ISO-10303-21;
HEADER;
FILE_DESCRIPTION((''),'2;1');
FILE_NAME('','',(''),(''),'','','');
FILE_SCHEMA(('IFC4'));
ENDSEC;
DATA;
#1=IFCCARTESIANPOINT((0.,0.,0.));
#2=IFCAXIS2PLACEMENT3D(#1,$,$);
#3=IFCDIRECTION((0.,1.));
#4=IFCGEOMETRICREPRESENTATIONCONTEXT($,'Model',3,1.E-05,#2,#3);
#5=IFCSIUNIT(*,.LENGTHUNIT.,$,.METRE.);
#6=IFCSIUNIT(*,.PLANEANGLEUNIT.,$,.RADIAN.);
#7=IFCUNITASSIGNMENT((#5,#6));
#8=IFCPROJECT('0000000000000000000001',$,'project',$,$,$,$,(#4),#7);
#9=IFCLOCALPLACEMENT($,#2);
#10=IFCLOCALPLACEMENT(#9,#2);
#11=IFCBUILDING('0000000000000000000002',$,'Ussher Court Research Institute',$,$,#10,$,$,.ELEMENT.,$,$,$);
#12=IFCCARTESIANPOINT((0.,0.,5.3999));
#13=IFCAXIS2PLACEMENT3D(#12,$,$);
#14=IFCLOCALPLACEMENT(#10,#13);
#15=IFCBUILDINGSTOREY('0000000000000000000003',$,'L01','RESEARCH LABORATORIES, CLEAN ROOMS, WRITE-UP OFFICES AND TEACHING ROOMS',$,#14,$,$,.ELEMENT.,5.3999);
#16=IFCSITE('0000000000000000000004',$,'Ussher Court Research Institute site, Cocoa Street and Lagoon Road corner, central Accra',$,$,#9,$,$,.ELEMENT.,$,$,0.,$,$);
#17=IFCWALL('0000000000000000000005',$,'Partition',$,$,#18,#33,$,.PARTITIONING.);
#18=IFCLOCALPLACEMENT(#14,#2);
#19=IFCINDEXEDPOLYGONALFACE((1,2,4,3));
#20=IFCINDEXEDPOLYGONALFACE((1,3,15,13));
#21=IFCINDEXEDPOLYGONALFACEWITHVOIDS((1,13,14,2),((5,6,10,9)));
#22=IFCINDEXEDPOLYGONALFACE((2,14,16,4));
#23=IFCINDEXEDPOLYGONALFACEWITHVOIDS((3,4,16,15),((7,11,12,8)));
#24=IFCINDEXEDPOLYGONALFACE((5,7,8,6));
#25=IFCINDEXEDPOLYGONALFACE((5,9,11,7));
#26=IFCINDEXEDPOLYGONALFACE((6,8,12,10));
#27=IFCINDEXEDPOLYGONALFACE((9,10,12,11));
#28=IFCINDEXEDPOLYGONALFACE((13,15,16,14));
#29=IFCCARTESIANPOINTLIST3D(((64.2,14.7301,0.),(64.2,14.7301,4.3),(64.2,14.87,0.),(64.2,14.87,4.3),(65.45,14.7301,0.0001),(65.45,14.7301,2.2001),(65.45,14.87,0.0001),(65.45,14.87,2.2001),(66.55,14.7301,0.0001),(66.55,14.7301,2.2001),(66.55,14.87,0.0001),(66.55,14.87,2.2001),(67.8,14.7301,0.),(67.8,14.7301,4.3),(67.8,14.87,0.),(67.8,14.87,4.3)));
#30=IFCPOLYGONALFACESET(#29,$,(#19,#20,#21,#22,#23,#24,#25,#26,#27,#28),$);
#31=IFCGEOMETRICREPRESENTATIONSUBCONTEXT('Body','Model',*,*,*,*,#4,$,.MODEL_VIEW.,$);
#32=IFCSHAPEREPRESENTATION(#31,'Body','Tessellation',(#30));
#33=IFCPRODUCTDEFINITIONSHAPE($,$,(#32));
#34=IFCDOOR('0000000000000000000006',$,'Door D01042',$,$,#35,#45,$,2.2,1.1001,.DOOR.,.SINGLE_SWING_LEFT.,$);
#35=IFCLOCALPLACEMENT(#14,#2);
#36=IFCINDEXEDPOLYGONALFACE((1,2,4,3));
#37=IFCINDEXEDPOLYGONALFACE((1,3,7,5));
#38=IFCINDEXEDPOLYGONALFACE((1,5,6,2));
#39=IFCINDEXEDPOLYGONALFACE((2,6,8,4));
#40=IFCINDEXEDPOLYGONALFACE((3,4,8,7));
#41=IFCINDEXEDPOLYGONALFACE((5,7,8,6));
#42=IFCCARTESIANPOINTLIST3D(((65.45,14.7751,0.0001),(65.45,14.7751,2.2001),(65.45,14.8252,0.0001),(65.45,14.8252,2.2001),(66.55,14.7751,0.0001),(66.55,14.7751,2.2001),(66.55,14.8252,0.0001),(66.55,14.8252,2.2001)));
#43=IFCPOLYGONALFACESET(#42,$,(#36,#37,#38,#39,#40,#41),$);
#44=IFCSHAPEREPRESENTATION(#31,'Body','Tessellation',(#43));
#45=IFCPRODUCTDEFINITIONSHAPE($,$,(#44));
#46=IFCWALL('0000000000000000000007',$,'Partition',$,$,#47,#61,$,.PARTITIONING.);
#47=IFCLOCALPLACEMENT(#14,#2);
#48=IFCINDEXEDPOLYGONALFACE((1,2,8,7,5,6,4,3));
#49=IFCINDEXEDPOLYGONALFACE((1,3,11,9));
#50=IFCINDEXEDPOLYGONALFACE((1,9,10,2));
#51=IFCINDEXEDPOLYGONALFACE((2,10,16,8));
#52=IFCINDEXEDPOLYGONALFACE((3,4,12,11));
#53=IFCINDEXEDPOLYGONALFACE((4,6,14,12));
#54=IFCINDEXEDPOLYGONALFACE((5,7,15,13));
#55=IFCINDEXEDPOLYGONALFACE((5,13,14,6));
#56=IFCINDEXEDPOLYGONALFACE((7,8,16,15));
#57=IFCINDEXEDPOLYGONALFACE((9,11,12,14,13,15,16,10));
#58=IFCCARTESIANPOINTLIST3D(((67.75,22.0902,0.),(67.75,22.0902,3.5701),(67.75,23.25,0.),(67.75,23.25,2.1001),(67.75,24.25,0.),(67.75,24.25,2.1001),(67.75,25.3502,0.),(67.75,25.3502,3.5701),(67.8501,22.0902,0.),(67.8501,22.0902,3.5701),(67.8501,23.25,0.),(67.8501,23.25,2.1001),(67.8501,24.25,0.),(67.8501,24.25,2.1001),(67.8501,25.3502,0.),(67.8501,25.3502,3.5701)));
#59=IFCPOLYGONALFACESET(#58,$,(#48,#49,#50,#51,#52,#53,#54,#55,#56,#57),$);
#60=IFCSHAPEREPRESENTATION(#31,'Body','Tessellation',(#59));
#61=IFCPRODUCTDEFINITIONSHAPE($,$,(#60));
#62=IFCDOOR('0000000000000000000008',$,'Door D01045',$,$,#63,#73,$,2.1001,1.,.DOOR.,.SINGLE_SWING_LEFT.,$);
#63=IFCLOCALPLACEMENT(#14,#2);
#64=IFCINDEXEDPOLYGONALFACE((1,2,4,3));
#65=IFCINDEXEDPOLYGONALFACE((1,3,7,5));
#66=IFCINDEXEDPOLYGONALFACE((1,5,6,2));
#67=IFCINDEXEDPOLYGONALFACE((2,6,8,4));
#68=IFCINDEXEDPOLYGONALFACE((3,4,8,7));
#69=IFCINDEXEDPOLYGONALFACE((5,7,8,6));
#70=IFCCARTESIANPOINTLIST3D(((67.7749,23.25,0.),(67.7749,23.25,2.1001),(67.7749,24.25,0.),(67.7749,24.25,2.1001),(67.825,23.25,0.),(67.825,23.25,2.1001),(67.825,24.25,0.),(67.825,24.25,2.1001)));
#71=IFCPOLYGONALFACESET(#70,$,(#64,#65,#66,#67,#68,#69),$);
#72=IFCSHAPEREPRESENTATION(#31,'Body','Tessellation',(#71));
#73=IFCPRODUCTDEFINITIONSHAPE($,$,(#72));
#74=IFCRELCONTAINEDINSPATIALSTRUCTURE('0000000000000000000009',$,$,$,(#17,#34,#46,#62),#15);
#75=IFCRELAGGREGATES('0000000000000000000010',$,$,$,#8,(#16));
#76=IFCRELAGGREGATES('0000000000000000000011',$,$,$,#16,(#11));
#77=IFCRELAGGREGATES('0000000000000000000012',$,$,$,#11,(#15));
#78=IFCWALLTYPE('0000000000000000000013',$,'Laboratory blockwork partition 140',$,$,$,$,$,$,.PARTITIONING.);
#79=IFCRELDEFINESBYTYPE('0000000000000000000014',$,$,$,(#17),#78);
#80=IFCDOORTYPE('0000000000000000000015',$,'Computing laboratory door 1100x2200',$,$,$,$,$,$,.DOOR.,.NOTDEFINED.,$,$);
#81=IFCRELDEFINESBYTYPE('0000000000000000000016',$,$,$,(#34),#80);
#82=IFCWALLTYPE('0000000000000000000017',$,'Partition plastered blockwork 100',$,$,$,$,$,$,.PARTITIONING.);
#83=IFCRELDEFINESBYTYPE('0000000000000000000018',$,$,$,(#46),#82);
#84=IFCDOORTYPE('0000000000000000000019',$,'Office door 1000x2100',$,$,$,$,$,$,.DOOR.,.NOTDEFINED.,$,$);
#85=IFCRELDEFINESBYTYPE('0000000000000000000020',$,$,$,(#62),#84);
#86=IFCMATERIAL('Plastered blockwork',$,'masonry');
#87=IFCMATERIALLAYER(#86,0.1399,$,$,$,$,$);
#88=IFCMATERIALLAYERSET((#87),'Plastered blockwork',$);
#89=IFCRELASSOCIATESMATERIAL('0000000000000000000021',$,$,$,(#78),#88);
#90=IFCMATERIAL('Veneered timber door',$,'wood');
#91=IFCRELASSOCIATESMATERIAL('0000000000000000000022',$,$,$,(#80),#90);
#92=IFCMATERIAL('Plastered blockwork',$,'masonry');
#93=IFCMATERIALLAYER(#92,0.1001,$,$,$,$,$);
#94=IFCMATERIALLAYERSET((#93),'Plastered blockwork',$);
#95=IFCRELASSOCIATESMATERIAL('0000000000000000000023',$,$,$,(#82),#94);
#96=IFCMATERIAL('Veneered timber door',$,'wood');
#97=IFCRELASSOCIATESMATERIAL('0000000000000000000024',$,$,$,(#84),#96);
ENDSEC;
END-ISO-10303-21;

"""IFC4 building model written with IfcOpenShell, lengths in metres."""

from ifc_helpers import new_model, si_unit, direction, frame, frame_2d, origin, place, context, subcontext, project, spatial, rectangle, extrude, material, layer, layer_set, type_object, element, fill, save


model = new_model("IFC4")

# Units and contexts
model_context = context("Model", 3, precision=1e-05, world=origin(), true_north=direction((0.0, 1.0)))
body_context = subcontext(model_context, "Body", "Model", "MODEL_VIEW")
ifc_project = project(units=[si_unit("LENGTHUNIT", "METRE"), si_unit("PLANEANGLEUNIT", "RADIAN")], contexts=[model_context])

# Site, building, storey
site_placement = place(None, origin())
site = spatial("IfcSite", under=ifc_project, at=site_placement, Name="Ussher Court Research Institute site, Cocoa Street and Lagoon Road corner, central Accra", CompositionType="ELEMENT", RefElevation=0.0)
building_placement = place(site_placement, origin())
building = spatial("IfcBuilding", under=site, at=building_placement, Name="Ussher Court Research Institute", CompositionType="ELEMENT")
storey_placement = place(building_placement, frame((0.0, 0.0, 5.3999)))
storey = spatial("IfcBuildingStorey", under=building, at=storey_placement, Name="L01", Description="RESEARCH LABORATORIES, CLEAN ROOMS, WRITE-UP OFFICES AND TEACHING ROOMS", CompositionType="ELEMENT", Elevation=5.3999)

# Walls, openings, doors
ifc_material_1 = material(Name="Plastered blockwork", Category="masonry")
ifc_layer_1 = layer(ifc_material_1, 0.1399)
ifc_layer_set_1 = layer_set([ifc_layer_1], Name="Plastered blockwork")
wall_type_1 = type_object("IfcWallType", Name="Laboratory blockwork partition 140", PredefinedType="PARTITIONING", material=ifc_layer_set_1)
wall_1_placement = place(storey_placement, frame((67.8, 14.8, 0.0), z_axis=(0.0, 0.0, 1.0), x_axis=(-1.0, 0.0, 0.0)))
wall_1 = element("IfcWall", 1, at=wall_1_placement, inside=storey, type_object=wall_type_1, Name="Partition", PredefinedType="PARTITIONING", context=body_context, shape_type="SweptSolid", body=[
    extrude(rectangle(XDim=3.6001, YDim=0.1399, at=frame_2d((1.8, 0.0))), origin(), (0.0, 0.0, 1.0), 4.3),
])
opening_1_placement = place(wall_1_placement, frame((1.25, 0.0, 0.0)))
opening_1 = element("IfcOpeningElement", 2, at=opening_1_placement, cuts=wall_1, PredefinedType="OPENING", context=body_context, shape_type="SweptSolid", body=[
    extrude(rectangle(XDim=1.1001, YDim=2.2, at=frame_2d((0.55, 1.1001))), frame((0.0, 0.0801, 0.0), z_axis=(0.0, -1.0, 0.0), x_axis=(1.0, 0.0, 0.0)), (0.0, 0.0, 1.0), 0.1599),
])
ifc_material_2 = material(Name="Veneered timber door", Category="wood")
door_type_1 = type_object("IfcDoorType", Name="Computing laboratory door 1100x2200", OperationType="NOTDEFINED", PredefinedType="DOOR", material=ifc_material_2)
door_1_placement = place(opening_1_placement, origin())
door_1 = element("IfcDoor", 3, at=door_1_placement, inside=storey, type_object=door_type_1, Name="Door D01042", OperationType="SINGLE_SWING_LEFT", OverallHeight=2.2, OverallWidth=1.1001, PredefinedType="DOOR", context=body_context, shape_type="SweptSolid", body=[
    extrude(rectangle(XDim=1.1001, YDim=2.2, at=frame_2d((0.55, 1.1001))), frame((0.0, 0.0249, 0.0), z_axis=(0.0, -1.0, 0.0), x_axis=(1.0, 0.0, 0.0)), (0.0, 0.0, 1.0), 0.05),
])
fill(opening_1, door_1)
ifc_material_3 = material(Name="Plastered blockwork", Category="masonry")
ifc_layer_2 = layer(ifc_material_3, 0.1001)
ifc_layer_set_2 = layer_set([ifc_layer_2], Name="Plastered blockwork")
wall_type_2 = type_object("IfcWallType", Name="Partition plastered blockwork 100", PredefinedType="PARTITIONING", material=ifc_layer_set_2)
wall_2_placement = place(storey_placement, frame((67.8, 25.3501, 0.0), z_axis=(0.0, 0.0, 1.0), x_axis=(0.0, -1.0, 0.0)))
wall_2 = element("IfcWall", 4, at=wall_2_placement, inside=storey, type_object=wall_type_2, Name="Partition", PredefinedType="PARTITIONING", context=body_context, shape_type="SweptSolid", body=[
    extrude(rectangle(XDim=3.26, YDim=0.1001, at=frame_2d((1.6299, 0.0))), origin(), (0.0, 0.0, 1.0), 3.5701),
])
opening_2_placement = place(wall_2_placement, frame((1.1001, 0.0, 0.0)))
opening_2 = element("IfcOpeningElement", 5, at=opening_2_placement, cuts=wall_2, PredefinedType="OPENING", context=body_context, shape_type="SweptSolid", body=[
    extrude(rectangle(XDim=1.0, YDim=2.1001, at=frame_2d((0.5, 1.05))), frame((0.0, 0.0601, 0.0), z_axis=(0.0, -1.0, 0.0), x_axis=(1.0, 0.0, 0.0)), (0.0, 0.0, 1.0), 0.1201),
])
ifc_material_4 = material(Name="Veneered timber door", Category="wood")
door_type_2 = type_object("IfcDoorType", Name="Office door 1000x2100", OperationType="NOTDEFINED", PredefinedType="DOOR", material=ifc_material_4)
door_2_placement = place(opening_2_placement, origin())
door_2 = element("IfcDoor", 6, at=door_2_placement, inside=storey, type_object=door_type_2, Name="Door D01045", OperationType="SINGLE_SWING_LEFT", OverallHeight=2.1001, OverallWidth=1.0, PredefinedType="DOOR", context=body_context, shape_type="SweptSolid", body=[
    extrude(rectangle(XDim=1.0, YDim=2.1001, at=frame_2d((0.5, 1.05))), frame((0.0, 0.0249, 0.0), z_axis=(0.0, -1.0, 0.0), x_axis=(1.0, 0.0, 0.0)), (0.0, 0.0, 1.0), 0.05),
])
fill(opening_2, door_2)

save(model, "model.ifc")
